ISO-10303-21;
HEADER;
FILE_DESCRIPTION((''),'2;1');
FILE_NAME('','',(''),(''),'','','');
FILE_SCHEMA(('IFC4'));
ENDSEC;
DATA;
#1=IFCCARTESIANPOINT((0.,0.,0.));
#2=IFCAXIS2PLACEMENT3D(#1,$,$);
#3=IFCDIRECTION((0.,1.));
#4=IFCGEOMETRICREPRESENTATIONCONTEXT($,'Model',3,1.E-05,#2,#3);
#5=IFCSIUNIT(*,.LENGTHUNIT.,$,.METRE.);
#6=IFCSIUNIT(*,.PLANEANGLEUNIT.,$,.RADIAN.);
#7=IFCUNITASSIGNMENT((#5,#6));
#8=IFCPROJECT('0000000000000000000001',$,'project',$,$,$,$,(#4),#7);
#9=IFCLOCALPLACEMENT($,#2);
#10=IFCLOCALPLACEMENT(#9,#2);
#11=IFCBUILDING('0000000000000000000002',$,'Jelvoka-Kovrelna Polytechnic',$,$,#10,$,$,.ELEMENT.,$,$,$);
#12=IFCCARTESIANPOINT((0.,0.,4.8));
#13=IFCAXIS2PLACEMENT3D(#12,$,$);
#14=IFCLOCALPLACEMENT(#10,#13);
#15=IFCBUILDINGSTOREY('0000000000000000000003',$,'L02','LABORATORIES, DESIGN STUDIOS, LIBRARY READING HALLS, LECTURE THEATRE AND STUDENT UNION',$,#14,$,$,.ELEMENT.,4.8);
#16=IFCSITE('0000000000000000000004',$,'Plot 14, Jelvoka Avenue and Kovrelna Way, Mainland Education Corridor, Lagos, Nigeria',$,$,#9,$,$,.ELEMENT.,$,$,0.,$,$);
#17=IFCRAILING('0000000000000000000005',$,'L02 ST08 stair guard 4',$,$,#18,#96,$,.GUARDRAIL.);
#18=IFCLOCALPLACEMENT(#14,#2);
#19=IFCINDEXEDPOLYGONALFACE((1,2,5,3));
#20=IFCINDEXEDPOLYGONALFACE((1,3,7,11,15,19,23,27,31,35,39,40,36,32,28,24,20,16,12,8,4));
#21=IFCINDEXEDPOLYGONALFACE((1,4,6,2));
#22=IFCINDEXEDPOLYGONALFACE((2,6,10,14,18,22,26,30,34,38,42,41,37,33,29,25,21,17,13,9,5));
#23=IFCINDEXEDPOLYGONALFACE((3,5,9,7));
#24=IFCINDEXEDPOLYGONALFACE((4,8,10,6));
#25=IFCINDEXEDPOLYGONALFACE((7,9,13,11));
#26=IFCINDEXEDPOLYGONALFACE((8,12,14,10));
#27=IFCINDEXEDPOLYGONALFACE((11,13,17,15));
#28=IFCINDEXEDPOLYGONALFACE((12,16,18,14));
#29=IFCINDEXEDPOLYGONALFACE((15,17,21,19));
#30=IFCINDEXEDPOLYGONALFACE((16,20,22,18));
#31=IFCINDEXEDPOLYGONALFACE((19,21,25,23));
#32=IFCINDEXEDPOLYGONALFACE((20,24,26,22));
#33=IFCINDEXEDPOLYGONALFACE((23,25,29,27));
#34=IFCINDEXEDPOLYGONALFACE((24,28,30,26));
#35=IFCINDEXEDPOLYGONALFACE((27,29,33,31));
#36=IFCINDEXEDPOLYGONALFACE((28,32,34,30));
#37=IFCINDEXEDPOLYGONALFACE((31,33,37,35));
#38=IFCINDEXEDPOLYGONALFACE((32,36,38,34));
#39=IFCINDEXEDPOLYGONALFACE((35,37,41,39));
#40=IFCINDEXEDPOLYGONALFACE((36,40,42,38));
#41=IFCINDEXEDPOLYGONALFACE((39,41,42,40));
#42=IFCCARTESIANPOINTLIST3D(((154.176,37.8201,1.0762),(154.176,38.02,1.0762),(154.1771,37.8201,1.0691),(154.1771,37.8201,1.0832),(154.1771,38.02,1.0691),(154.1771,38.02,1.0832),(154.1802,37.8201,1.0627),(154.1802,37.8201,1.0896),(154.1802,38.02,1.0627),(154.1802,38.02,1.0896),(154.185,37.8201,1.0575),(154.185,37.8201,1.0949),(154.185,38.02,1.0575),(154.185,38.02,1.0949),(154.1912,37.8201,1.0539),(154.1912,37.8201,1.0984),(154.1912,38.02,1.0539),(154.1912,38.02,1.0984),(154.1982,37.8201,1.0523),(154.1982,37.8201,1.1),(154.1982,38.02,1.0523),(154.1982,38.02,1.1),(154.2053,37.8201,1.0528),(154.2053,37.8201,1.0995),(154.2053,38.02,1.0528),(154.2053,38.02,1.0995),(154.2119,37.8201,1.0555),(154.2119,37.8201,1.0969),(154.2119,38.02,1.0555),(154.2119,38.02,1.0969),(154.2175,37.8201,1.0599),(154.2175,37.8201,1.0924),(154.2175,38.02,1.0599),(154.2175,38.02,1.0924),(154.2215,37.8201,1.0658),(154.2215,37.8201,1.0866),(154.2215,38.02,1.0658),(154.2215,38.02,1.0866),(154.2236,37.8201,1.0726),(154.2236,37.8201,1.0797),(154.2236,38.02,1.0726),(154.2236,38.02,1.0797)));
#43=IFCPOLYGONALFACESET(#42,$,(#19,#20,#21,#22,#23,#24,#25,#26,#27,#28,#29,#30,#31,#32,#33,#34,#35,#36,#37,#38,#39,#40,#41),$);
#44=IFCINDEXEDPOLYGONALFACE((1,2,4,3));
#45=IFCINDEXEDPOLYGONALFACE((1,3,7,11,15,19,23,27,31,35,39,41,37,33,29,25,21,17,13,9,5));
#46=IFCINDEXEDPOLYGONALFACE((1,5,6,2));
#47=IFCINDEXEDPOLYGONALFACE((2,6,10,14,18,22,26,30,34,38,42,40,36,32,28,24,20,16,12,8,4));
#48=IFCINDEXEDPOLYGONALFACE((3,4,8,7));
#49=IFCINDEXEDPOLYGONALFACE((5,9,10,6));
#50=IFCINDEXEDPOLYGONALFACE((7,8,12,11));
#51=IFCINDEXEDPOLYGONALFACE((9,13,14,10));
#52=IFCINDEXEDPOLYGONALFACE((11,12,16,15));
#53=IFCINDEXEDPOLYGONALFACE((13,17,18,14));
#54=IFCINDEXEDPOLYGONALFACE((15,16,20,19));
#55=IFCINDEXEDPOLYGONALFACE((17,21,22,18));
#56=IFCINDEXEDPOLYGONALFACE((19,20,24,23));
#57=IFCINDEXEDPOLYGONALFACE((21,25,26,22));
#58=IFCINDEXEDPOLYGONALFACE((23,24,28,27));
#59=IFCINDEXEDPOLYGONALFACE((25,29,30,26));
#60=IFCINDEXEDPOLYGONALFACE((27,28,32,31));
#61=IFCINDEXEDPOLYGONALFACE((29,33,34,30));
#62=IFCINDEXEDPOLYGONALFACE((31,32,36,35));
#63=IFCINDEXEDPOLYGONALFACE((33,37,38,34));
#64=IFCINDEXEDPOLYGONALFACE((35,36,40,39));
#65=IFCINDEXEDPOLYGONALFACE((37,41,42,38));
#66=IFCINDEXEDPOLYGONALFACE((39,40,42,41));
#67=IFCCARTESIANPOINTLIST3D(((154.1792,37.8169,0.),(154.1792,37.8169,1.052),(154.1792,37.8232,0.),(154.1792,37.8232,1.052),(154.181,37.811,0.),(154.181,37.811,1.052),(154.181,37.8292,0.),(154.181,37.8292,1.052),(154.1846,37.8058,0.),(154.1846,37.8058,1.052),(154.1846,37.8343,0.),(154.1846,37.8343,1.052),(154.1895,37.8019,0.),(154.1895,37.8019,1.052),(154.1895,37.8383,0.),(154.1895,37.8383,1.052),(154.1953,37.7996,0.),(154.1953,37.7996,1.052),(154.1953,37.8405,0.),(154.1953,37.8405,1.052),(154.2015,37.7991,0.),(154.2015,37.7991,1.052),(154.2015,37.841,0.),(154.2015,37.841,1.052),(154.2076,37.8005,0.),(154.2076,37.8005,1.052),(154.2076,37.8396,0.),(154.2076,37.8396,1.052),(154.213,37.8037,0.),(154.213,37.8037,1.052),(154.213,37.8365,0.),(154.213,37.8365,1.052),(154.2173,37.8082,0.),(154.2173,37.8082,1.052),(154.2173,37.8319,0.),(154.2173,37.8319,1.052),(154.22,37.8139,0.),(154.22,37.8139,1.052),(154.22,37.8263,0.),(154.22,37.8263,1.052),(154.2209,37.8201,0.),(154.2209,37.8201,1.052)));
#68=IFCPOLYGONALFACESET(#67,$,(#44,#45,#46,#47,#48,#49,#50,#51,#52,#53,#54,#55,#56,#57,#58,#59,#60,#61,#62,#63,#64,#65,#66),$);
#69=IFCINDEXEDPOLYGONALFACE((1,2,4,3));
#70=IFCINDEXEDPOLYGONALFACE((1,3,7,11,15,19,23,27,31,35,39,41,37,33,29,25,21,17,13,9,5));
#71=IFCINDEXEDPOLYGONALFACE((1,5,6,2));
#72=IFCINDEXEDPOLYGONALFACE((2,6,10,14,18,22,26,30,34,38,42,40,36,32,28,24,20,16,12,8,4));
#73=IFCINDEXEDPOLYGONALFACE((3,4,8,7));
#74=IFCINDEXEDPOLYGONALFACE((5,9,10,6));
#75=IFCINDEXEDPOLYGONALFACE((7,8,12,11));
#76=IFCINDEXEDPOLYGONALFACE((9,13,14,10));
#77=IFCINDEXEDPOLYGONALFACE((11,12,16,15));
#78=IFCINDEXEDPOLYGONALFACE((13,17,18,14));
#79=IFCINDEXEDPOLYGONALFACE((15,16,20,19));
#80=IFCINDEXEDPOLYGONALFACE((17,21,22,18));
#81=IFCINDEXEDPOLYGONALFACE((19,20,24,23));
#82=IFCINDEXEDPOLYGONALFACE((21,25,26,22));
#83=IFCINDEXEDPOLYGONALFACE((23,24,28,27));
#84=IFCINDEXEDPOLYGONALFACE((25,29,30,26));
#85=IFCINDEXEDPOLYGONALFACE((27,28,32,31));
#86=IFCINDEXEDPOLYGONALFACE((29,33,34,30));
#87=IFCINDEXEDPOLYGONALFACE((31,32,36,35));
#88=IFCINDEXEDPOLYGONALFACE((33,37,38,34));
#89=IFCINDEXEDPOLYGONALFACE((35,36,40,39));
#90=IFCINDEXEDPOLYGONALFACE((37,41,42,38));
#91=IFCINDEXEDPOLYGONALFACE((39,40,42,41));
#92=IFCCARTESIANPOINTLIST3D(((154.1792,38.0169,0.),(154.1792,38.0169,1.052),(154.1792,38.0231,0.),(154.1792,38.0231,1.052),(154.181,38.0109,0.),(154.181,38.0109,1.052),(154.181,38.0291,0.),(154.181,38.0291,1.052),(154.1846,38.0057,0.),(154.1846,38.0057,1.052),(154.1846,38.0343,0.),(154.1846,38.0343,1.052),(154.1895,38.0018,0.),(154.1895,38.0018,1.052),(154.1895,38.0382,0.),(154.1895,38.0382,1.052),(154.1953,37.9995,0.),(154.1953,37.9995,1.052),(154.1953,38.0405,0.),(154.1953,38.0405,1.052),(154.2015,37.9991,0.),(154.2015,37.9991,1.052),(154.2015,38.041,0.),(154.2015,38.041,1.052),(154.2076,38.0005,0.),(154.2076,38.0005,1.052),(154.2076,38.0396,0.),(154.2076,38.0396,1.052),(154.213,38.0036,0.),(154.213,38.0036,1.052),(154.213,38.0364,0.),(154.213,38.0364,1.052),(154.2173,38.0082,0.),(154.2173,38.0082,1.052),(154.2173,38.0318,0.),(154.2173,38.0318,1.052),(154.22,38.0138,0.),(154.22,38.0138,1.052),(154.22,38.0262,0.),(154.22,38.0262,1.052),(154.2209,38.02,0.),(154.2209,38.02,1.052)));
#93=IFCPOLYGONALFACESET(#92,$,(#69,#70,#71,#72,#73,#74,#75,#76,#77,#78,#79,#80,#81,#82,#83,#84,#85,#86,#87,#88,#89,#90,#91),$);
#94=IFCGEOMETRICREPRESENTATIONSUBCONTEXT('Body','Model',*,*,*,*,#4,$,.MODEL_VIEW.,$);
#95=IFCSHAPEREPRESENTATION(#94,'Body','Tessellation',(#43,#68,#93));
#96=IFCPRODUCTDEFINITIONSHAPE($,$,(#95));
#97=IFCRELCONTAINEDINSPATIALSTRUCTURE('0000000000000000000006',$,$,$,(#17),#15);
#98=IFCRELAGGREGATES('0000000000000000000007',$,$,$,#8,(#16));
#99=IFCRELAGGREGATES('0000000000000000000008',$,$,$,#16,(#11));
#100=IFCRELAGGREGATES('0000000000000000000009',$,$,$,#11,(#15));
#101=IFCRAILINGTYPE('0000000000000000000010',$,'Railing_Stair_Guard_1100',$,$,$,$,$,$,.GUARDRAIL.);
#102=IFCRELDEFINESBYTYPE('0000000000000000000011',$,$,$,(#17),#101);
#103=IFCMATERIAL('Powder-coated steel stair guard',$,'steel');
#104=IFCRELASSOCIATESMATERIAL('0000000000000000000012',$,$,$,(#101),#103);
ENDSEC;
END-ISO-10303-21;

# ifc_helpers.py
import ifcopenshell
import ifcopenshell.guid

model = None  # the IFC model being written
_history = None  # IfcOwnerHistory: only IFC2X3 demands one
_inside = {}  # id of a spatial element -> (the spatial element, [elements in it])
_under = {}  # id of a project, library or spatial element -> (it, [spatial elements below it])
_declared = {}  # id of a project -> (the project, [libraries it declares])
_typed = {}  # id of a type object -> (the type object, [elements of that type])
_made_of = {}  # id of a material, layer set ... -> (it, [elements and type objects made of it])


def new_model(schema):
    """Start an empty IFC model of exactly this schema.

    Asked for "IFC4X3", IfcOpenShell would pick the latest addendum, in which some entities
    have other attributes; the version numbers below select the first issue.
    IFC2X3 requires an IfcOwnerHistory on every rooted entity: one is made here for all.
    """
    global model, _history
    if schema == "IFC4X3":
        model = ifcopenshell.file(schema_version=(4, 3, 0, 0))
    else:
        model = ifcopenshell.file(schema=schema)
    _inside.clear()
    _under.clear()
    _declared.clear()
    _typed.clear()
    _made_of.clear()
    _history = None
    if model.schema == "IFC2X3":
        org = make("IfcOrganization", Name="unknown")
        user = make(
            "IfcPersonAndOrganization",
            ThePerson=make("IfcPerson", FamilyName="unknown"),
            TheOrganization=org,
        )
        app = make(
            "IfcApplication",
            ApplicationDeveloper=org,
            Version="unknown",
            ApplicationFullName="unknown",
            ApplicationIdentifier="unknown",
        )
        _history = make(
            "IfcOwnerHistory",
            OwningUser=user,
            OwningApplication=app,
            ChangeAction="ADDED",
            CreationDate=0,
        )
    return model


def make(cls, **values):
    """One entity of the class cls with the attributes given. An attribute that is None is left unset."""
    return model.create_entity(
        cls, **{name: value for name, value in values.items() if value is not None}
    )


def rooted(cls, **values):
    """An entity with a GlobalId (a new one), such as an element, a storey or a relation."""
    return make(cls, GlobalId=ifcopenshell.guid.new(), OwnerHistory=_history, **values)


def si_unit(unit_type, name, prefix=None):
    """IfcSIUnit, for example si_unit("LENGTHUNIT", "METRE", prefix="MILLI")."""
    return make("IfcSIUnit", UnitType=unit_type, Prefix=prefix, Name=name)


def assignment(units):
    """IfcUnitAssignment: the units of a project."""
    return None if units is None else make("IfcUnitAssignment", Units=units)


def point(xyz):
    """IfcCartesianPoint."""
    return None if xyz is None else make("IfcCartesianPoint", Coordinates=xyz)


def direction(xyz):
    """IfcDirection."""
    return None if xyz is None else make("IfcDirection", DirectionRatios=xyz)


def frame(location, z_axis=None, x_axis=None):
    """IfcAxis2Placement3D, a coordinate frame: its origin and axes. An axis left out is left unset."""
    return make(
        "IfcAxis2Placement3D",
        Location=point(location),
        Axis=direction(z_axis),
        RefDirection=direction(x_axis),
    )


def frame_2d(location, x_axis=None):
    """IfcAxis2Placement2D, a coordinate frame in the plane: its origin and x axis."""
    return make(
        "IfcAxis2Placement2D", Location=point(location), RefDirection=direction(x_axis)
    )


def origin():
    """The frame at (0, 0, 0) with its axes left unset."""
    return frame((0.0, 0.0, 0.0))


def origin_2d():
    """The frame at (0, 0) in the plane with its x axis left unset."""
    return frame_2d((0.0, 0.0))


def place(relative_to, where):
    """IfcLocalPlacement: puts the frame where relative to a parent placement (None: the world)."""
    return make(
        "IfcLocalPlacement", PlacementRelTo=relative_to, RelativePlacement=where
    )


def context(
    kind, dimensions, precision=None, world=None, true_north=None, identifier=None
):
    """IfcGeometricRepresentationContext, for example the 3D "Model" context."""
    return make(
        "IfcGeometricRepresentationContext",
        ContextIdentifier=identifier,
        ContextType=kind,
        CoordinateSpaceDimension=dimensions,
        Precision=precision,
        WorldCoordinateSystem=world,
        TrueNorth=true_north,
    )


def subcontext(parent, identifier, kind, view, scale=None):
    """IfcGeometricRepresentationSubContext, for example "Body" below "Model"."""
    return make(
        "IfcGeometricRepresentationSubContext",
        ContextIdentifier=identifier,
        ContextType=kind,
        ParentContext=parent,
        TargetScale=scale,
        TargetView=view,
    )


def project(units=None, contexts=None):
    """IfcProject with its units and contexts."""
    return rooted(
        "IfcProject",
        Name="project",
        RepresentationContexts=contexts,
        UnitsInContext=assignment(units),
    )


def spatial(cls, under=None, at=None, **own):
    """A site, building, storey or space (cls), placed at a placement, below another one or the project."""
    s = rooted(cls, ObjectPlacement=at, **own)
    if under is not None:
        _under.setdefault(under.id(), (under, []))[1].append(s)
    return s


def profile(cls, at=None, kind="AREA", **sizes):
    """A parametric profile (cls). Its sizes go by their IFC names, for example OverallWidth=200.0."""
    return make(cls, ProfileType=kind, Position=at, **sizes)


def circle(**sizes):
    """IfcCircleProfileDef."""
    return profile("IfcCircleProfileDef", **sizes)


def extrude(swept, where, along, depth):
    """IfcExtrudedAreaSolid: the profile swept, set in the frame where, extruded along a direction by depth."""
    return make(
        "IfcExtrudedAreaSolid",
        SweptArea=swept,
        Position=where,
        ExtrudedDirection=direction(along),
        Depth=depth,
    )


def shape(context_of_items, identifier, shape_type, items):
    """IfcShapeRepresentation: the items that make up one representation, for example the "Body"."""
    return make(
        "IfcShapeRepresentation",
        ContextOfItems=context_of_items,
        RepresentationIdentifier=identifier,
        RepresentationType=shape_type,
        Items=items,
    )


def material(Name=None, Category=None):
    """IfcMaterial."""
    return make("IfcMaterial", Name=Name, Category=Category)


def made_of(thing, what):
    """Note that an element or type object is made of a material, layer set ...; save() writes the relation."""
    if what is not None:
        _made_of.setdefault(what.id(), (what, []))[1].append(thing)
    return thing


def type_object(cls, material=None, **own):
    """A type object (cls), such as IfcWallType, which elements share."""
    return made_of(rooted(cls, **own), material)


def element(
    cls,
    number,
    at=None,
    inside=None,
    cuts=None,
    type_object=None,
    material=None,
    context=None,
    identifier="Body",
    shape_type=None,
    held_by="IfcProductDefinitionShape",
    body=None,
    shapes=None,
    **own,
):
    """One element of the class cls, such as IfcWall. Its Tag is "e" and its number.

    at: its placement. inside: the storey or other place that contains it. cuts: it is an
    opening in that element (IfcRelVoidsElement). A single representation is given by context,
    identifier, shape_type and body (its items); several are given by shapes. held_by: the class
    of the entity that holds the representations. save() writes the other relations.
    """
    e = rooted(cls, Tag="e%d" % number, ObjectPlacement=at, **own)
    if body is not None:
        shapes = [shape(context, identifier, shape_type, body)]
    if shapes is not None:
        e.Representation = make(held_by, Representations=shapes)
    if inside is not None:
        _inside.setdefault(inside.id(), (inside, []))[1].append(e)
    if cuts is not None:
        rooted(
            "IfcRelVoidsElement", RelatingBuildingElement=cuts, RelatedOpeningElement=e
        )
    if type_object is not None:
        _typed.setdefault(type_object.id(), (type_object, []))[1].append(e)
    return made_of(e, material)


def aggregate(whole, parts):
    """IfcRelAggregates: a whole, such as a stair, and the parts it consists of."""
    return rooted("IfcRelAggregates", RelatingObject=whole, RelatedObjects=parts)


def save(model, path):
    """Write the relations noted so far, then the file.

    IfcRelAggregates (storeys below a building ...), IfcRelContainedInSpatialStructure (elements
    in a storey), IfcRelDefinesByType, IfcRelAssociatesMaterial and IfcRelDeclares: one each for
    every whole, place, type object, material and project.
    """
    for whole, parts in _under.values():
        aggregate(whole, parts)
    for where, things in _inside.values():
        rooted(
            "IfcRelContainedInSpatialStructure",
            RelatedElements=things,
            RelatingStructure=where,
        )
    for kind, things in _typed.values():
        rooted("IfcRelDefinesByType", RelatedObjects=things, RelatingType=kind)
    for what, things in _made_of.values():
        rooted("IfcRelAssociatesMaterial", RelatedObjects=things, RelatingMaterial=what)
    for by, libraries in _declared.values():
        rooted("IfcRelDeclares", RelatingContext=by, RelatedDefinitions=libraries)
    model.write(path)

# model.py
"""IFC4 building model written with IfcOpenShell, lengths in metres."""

from ifc_helpers import new_model, si_unit, direction, frame, origin, origin_2d, place, context, subcontext, project, spatial, circle, extrude, material, type_object, element, save


model = new_model("IFC4")

# Units and contexts
model_context = context("Model", 3, precision=1e-05, world=origin(), true_north=direction((0.0, 1.0)))
body_context = subcontext(model_context, "Body", "Model", "MODEL_VIEW")
ifc_project = project(units=[si_unit("LENGTHUNIT", "METRE"), si_unit("PLANEANGLEUNIT", "RADIAN")], contexts=[model_context])

# Site, building, storey
site_placement = place(None, origin())
site = spatial("IfcSite", under=ifc_project, at=site_placement, Name="Plot 14, Jelvoka Avenue and Kovrelna Way, Mainland Education Corridor, Lagos, Nigeria", CompositionType="ELEMENT", RefElevation=0.0)
building_placement = place(site_placement, origin())
building = spatial("IfcBuilding", under=site, at=building_placement, Name="Jelvoka-Kovrelna Polytechnic", CompositionType="ELEMENT")
storey_placement = place(building_placement, frame((0.0, 0.0, 4.8)))
storey = spatial("IfcBuildingStorey", under=building, at=storey_placement, Name="L02", Description="LABORATORIES, DESIGN STUDIOS, LIBRARY READING HALLS, LECTURE THEATRE AND STUDENT UNION", CompositionType="ELEMENT", Elevation=4.8)

# Railing
ifc_material_1 = material(Name="Powder-coated steel stair guard", Category="steel")
railing_type_1 = type_object("IfcRailingType", Name="Railing_Stair_Guard_1100", PredefinedType="GUARDRAIL", material=ifc_material_1)
railing_1_placement = place(storey_placement, frame((154.2, 37.8201, 0.0)))
element("IfcRailing", 1, at=railing_1_placement, inside=storey, type_object=railing_type_1, Name="L02 ST08 stair guard 4", PredefinedType="GUARDRAIL", context=body_context, shape_type="SweptSolid", body=[
    extrude(circle(Radius=0.0239, at=origin_2d()), frame((0.0, 0.0, 1.0762), z_axis=(0.0, 1.0, 0.0), x_axis=(-1.0, 0.0, 0.0)), (0.0, 0.0, 1.0), 0.2),
    extrude(circle(Radius=0.021, at=origin_2d()), origin(), (0.0, 0.0, 1.0), 1.052),
    extrude(circle(Radius=0.021, at=origin_2d()), frame((0.0, 0.2, 0.0)), (0.0, 0.0, 1.0), 1.052),
])

save(model, "model.ifc")
